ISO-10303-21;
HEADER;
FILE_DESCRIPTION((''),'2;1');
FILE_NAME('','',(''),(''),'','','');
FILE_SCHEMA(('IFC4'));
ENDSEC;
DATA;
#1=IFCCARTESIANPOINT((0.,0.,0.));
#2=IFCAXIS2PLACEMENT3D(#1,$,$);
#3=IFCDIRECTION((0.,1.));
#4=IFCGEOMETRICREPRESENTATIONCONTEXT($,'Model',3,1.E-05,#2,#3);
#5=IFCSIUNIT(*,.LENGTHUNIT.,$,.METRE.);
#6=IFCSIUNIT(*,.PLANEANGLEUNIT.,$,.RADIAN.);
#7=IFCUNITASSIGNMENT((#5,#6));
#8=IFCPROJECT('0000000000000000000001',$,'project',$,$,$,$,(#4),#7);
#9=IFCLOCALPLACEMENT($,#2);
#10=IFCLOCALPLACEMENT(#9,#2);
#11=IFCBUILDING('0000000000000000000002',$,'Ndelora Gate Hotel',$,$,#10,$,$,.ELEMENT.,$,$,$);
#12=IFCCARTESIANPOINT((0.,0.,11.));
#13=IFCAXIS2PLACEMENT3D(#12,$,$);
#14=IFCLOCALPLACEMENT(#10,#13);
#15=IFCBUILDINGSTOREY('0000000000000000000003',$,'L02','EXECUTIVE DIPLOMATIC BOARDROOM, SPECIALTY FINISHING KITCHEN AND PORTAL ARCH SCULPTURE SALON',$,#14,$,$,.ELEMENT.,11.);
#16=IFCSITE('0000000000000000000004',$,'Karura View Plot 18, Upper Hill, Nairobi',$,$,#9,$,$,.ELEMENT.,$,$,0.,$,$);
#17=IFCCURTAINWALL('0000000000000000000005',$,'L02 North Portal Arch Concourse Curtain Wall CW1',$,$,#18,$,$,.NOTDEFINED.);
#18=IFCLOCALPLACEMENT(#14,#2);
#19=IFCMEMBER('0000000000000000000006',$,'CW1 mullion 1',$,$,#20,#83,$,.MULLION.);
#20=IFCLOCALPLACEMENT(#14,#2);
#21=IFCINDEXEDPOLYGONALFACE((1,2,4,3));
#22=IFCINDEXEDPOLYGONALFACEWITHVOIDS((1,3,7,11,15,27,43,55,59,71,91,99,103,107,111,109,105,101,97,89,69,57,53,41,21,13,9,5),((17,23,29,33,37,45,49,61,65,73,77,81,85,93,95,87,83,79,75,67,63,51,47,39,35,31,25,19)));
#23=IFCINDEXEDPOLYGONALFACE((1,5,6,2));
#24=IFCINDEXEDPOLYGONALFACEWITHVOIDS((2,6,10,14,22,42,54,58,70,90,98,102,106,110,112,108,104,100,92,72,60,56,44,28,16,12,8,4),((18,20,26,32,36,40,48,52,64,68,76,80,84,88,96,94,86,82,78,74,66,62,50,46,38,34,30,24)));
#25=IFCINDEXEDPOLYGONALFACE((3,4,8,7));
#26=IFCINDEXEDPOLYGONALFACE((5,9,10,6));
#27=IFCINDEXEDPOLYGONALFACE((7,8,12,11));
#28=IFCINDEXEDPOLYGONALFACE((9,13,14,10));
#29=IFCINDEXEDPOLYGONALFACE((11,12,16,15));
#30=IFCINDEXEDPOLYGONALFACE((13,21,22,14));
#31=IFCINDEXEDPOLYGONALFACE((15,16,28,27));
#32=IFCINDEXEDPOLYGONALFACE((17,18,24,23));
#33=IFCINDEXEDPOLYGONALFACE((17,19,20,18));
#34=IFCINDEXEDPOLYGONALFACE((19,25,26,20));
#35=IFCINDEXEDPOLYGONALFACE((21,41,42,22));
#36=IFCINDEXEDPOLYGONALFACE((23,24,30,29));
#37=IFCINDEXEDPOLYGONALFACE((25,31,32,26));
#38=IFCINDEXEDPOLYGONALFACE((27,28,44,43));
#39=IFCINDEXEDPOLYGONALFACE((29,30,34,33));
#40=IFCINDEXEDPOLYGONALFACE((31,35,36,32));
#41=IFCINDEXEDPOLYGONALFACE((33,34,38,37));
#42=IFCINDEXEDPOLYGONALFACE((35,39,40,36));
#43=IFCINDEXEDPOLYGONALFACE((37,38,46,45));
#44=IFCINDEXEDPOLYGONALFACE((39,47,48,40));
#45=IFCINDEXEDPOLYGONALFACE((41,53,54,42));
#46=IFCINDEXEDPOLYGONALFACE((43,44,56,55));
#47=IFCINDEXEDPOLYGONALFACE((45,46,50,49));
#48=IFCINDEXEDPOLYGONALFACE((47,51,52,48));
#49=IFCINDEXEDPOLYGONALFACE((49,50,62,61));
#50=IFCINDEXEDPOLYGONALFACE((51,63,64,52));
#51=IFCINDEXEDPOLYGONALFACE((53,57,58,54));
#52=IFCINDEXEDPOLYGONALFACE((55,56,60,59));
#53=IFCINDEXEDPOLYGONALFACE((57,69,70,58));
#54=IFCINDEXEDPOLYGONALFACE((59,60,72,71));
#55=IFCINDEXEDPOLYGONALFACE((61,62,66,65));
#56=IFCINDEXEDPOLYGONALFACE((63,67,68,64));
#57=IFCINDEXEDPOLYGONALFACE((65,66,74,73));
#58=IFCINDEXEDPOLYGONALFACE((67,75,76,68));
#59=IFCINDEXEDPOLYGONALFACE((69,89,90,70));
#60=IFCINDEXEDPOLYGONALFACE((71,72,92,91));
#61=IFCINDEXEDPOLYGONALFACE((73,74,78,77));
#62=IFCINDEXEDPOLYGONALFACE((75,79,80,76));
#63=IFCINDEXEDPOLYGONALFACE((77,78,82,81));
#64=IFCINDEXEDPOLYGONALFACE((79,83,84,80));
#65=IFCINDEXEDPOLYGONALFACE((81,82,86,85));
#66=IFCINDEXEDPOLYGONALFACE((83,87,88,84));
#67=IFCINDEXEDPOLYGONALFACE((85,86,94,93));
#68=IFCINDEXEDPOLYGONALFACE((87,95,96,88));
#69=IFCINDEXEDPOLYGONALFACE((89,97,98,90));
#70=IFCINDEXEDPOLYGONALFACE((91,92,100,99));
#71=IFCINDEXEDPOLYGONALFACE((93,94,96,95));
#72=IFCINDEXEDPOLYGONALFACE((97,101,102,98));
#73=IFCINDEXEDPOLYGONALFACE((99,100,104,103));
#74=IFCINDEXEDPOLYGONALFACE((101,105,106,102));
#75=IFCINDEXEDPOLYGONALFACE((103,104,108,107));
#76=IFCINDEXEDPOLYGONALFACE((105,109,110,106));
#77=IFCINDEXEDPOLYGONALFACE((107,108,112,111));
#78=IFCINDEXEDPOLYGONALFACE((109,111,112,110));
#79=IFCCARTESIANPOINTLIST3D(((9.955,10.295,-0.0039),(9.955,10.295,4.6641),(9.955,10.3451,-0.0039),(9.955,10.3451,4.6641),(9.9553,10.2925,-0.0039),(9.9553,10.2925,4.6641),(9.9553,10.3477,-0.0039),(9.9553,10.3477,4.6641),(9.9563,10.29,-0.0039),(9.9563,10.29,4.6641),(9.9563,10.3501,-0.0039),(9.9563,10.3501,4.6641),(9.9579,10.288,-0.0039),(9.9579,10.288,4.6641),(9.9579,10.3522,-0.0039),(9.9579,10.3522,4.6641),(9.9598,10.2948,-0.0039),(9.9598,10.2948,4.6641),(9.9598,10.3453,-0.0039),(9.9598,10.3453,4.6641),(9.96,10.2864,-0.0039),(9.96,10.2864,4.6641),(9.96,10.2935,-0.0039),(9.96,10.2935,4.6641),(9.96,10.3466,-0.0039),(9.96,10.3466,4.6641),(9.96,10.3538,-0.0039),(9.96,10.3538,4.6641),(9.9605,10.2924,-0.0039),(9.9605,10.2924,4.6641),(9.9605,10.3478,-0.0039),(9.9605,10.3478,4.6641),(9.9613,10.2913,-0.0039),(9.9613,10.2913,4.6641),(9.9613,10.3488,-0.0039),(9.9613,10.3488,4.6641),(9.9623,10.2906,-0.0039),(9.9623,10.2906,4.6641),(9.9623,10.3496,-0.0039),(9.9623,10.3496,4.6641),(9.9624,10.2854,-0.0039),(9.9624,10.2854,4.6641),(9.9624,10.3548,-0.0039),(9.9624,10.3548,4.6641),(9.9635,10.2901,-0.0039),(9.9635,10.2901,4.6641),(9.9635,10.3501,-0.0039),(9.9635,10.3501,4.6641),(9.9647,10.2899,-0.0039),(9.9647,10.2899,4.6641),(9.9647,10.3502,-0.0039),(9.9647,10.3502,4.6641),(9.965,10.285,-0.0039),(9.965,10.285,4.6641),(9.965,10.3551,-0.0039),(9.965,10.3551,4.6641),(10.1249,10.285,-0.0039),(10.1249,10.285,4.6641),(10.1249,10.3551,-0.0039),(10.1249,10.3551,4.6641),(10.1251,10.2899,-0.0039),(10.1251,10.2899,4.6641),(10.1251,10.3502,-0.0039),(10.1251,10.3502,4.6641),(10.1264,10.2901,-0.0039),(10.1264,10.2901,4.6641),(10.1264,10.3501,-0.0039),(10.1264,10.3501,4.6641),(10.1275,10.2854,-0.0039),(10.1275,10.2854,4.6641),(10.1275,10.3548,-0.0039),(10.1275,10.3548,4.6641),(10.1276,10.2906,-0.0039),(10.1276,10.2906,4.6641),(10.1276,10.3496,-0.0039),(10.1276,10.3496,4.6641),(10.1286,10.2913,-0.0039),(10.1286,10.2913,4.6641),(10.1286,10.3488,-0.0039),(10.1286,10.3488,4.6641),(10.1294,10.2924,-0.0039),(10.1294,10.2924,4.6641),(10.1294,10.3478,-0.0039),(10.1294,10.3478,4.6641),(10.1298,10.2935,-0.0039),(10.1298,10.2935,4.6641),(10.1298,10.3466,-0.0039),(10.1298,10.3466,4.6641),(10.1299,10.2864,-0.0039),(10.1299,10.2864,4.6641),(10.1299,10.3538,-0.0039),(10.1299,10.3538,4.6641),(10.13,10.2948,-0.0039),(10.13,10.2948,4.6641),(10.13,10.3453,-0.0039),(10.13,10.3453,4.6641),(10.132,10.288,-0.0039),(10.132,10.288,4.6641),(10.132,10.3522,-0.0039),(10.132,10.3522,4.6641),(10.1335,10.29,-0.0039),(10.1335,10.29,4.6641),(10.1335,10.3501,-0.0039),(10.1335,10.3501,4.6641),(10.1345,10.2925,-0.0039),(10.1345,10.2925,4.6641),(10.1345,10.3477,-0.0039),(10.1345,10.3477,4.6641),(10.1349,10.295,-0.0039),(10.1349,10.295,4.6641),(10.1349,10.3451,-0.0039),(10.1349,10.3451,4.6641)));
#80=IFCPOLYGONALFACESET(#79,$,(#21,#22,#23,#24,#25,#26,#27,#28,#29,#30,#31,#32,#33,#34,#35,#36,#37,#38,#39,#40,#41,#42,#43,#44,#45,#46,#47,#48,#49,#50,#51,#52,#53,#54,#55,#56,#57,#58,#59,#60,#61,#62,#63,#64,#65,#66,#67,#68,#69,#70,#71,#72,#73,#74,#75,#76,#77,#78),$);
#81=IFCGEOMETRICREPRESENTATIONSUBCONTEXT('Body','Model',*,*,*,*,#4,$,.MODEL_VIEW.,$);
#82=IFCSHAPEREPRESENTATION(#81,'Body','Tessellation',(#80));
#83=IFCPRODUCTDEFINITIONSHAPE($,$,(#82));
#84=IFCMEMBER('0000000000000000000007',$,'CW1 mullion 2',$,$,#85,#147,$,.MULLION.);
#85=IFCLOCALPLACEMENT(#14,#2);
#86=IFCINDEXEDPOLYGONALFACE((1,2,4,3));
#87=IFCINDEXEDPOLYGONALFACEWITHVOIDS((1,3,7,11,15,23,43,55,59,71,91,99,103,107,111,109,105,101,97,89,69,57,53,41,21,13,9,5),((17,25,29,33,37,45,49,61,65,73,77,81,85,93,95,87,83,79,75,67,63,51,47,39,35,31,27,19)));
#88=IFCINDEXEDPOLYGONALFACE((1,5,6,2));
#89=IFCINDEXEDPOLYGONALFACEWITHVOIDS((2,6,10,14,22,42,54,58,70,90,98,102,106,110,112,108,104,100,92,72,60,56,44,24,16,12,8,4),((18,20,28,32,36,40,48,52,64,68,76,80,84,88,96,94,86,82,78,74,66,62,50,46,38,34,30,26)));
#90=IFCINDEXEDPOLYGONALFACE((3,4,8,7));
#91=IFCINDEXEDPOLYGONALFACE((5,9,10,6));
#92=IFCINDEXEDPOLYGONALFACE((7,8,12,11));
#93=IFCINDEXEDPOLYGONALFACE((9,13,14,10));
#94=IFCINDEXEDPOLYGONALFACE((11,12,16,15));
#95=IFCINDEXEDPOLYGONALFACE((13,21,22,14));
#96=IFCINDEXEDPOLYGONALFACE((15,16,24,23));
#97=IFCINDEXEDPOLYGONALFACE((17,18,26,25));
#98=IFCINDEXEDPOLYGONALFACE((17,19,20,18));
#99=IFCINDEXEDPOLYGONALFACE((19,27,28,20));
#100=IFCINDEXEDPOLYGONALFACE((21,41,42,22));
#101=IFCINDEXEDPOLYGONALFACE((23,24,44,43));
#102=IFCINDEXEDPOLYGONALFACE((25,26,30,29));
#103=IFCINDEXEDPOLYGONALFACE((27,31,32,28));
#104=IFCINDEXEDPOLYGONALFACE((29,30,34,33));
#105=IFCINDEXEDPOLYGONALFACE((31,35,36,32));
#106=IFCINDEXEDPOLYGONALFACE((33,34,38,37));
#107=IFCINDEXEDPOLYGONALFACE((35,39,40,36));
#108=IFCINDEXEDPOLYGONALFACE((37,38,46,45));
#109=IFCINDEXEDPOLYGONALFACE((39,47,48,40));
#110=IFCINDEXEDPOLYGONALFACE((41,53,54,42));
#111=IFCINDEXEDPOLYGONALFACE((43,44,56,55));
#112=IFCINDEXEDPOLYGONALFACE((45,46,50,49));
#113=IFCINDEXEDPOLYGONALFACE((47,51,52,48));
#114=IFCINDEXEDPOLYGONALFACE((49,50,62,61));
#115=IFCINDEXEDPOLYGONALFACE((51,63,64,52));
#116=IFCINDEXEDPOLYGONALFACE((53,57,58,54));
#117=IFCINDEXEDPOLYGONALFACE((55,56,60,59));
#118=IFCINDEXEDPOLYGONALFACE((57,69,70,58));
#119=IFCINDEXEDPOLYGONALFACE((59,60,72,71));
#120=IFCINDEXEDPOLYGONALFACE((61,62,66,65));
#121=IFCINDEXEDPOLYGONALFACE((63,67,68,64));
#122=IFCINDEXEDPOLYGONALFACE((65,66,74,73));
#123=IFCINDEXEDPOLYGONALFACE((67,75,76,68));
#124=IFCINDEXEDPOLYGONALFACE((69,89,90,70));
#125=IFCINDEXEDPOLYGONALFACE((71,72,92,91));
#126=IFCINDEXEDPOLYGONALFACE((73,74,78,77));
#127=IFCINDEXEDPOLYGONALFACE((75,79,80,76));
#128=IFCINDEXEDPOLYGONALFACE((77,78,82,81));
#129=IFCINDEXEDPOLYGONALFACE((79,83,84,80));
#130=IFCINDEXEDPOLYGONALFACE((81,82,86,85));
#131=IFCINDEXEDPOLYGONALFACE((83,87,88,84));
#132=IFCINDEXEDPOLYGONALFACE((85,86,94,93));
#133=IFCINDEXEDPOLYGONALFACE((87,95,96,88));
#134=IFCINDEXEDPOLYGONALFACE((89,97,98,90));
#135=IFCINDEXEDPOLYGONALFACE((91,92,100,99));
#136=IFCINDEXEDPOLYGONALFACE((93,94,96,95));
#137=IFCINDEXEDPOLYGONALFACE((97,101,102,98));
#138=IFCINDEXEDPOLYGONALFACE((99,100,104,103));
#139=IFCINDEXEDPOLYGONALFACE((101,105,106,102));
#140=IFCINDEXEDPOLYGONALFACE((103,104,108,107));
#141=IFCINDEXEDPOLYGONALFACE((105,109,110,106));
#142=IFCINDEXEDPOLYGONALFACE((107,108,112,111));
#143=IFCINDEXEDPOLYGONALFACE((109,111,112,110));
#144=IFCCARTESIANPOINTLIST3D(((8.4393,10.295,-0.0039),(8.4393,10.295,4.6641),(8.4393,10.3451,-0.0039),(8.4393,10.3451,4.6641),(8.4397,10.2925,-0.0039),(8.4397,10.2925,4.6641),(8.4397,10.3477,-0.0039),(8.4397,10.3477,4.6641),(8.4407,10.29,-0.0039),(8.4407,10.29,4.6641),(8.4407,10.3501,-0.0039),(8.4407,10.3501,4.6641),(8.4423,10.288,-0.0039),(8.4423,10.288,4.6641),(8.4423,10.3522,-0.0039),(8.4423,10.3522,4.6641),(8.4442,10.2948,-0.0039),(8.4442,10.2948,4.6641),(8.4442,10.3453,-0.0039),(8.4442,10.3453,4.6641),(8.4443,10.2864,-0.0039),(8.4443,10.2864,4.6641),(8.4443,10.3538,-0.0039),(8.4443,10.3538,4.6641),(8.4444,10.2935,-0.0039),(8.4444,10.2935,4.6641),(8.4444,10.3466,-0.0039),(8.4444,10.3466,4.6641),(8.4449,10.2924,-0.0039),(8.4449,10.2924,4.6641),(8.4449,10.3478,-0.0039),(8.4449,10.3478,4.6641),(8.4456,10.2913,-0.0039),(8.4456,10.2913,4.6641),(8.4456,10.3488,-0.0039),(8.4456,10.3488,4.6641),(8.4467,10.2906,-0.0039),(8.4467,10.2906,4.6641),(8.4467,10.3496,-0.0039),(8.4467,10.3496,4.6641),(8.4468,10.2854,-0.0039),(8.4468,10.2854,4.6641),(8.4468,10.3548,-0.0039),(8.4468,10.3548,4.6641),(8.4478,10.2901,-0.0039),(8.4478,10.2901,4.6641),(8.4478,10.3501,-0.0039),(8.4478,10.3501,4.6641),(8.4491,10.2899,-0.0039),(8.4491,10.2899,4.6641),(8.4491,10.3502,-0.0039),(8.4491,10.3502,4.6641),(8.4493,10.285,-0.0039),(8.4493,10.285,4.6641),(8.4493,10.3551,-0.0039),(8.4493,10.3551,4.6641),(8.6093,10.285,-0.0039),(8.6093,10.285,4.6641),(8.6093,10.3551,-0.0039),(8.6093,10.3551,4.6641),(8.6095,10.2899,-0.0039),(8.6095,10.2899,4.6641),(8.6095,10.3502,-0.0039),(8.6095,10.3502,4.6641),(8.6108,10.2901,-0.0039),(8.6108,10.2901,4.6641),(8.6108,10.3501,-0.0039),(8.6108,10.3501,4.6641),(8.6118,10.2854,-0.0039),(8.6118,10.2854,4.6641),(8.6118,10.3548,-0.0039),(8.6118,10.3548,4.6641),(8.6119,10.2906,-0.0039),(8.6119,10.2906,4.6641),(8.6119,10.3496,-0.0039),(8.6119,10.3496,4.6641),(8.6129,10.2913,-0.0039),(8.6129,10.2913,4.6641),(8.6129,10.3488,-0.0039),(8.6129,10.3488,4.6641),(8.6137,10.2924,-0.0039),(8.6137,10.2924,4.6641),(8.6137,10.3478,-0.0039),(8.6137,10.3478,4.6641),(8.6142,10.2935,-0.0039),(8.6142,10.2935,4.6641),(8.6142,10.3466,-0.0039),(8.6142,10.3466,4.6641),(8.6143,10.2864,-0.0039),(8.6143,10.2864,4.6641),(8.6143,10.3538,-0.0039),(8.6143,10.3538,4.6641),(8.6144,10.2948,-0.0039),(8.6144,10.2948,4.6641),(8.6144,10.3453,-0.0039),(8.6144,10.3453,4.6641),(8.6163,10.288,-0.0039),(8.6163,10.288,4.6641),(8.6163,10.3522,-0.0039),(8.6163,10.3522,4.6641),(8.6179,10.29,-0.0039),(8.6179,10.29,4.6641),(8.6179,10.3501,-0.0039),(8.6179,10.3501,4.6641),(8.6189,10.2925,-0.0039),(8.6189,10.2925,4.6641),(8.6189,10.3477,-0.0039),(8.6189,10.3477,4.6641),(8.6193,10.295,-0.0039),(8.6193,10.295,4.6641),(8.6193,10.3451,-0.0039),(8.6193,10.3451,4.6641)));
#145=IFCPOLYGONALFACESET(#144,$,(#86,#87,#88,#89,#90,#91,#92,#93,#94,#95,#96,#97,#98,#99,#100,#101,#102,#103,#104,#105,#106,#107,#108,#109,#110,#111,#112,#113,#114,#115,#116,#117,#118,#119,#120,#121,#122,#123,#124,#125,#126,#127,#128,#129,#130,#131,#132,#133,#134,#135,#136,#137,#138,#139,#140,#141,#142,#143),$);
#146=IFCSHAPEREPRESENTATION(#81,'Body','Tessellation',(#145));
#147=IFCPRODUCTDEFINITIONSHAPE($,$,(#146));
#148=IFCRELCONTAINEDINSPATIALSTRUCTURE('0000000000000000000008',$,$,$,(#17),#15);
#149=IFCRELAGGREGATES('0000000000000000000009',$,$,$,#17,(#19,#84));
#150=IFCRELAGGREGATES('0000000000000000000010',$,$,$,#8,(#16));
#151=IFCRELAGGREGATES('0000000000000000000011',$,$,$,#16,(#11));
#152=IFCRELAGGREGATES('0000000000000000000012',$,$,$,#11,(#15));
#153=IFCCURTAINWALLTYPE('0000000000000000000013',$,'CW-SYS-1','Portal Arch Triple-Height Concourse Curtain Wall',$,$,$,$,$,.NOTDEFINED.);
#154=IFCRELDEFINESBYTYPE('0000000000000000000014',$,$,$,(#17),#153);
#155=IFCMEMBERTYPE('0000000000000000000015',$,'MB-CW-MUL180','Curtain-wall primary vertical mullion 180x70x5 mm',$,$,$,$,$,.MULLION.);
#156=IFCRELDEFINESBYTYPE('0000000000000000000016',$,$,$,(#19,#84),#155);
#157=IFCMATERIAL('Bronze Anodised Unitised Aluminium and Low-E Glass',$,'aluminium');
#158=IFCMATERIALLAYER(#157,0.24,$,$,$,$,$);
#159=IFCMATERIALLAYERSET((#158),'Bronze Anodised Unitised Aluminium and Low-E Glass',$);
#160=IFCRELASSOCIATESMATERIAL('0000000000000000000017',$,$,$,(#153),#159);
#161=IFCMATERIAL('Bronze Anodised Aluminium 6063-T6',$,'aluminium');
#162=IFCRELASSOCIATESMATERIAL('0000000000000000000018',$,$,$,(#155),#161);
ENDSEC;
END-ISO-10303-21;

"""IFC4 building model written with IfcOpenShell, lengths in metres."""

from ifc_helpers import new_model, si_unit, direction, frame, origin, origin_2d, place, context, subcontext, project, spatial, hollow_rectangle, extrude, material, layer, layer_set, material_profile, profile_set, type_object, element, aggregate, save


model = new_model("IFC4")

# Units and contexts
model_context = context("Model", 3, precision=1e-05, world=origin(), true_north=direction((0.0, 1.0)))
body_context = subcontext(model_context, "Body", "Model", "MODEL_VIEW")
ifc_project = project(units=[si_unit("LENGTHUNIT", "METRE"), si_unit("PLANEANGLEUNIT", "RADIAN")], contexts=[model_context])

# Site, building, storey
site_placement = place(None, origin())
site = spatial("IfcSite", under=ifc_project, at=site_placement, Name="Karura View Plot 18, Upper Hill, Nairobi", CompositionType="ELEMENT", RefElevation=0.0)
building_placement = place(site_placement, origin())
building = spatial("IfcBuilding", under=site, at=building_placement, Name="Ndelora Gate Hotel", CompositionType="ELEMENT")
storey_placement = place(building_placement, frame((0.0, 0.0, 11.0)))
storey = spatial("IfcBuildingStorey", under=building, at=storey_placement, Name="L02", Description="EXECUTIVE DIPLOMATIC BOARDROOM, SPECIALTY FINISHING KITCHEN AND PORTAL ARCH SCULPTURE SALON", CompositionType="ELEMENT", Elevation=11.0)

# Curtain wall, members
ifc_material_1 = material(Name="Bronze Anodised Unitised Aluminium and Low-E Glass", Category="aluminium")
ifc_layer_1 = layer(ifc_material_1, 0.24)
ifc_layer_set_1 = layer_set([ifc_layer_1], Name="Bronze Anodised Unitised Aluminium and Low-E Glass")
curtain_wall_type = type_object("IfcCurtainWallType", Name="CW-SYS-1", Description="Portal Arch Triple-Height Concourse Curtain Wall", PredefinedType="NOTDEFINED", material=ifc_layer_set_1)
curtain_wall_placement = place(storey_placement, origin())
curtain_wall = element("IfcCurtainWall", 1, at=curtain_wall_placement, inside=storey, type_object=curtain_wall_type, Name="L02 North Portal Arch Concourse Curtain Wall CW1", PredefinedType="NOTDEFINED")
ifc_material_2 = material(Name="Bronze Anodised Aluminium 6063-T6", Category="aluminium")
ifc_material_profile_1 = material_profile(ifc_material_2, hollow_rectangle(XDim=0.0701, YDim=0.1799, WallThickness=0.0049, InnerFilletRadius=0.0049, OuterFilletRadius=0.01, at=origin_2d()), Name="ALU 180x70x5")
ifc_profile_set_1 = profile_set([ifc_material_profile_1], Name="Bronze Anodised Aluminium 6063-T6")
member_type_1 = type_object("IfcMemberType", Name="MB-CW-MUL180", Description="Curtain-wall primary vertical mullion 180x70x5 mm", PredefinedType="MULLION", material=ifc_profile_set_1)
member_1_placement = place(storey_placement, frame((10.0449, 10.3201, -0.0039), z_axis=(0.0, 0.0, 1.0), x_axis=(0.0, -1.0, 0.0)))
member_1 = element("IfcMember", 2, at=member_1_placement, type_object=member_type_1, Name="CW1 mullion 1", PredefinedType="MULLION", context=body_context, shape_type="SweptSolid", body=[
    extrude(hollow_rectangle(XDim=0.0701, YDim=0.1799, WallThickness=0.0049, InnerFilletRadius=0.0049, OuterFilletRadius=0.01, at=origin_2d()), origin(), (0.0, 0.0, 1.0), 4.668),
])
member_2_placement = place(storey_placement, frame((8.5293, 10.3201, -0.0039), z_axis=(0.0, 0.0, 1.0), x_axis=(0.0, -1.0, 0.0)))
member_2 = element("IfcMember", 3, at=member_2_placement, type_object=member_type_1, Name="CW1 mullion 2", PredefinedType="MULLION", context=body_context, shape_type="SweptSolid", body=[
    extrude(hollow_rectangle(XDim=0.0701, YDim=0.1799, WallThickness=0.0049, InnerFilletRadius=0.0049, OuterFilletRadius=0.01, at=origin_2d()), origin(), (0.0, 0.0, 1.0), 4.668),
])
aggregate(curtain_wall, [member_1, member_2])

save(model, "model.ifc")
